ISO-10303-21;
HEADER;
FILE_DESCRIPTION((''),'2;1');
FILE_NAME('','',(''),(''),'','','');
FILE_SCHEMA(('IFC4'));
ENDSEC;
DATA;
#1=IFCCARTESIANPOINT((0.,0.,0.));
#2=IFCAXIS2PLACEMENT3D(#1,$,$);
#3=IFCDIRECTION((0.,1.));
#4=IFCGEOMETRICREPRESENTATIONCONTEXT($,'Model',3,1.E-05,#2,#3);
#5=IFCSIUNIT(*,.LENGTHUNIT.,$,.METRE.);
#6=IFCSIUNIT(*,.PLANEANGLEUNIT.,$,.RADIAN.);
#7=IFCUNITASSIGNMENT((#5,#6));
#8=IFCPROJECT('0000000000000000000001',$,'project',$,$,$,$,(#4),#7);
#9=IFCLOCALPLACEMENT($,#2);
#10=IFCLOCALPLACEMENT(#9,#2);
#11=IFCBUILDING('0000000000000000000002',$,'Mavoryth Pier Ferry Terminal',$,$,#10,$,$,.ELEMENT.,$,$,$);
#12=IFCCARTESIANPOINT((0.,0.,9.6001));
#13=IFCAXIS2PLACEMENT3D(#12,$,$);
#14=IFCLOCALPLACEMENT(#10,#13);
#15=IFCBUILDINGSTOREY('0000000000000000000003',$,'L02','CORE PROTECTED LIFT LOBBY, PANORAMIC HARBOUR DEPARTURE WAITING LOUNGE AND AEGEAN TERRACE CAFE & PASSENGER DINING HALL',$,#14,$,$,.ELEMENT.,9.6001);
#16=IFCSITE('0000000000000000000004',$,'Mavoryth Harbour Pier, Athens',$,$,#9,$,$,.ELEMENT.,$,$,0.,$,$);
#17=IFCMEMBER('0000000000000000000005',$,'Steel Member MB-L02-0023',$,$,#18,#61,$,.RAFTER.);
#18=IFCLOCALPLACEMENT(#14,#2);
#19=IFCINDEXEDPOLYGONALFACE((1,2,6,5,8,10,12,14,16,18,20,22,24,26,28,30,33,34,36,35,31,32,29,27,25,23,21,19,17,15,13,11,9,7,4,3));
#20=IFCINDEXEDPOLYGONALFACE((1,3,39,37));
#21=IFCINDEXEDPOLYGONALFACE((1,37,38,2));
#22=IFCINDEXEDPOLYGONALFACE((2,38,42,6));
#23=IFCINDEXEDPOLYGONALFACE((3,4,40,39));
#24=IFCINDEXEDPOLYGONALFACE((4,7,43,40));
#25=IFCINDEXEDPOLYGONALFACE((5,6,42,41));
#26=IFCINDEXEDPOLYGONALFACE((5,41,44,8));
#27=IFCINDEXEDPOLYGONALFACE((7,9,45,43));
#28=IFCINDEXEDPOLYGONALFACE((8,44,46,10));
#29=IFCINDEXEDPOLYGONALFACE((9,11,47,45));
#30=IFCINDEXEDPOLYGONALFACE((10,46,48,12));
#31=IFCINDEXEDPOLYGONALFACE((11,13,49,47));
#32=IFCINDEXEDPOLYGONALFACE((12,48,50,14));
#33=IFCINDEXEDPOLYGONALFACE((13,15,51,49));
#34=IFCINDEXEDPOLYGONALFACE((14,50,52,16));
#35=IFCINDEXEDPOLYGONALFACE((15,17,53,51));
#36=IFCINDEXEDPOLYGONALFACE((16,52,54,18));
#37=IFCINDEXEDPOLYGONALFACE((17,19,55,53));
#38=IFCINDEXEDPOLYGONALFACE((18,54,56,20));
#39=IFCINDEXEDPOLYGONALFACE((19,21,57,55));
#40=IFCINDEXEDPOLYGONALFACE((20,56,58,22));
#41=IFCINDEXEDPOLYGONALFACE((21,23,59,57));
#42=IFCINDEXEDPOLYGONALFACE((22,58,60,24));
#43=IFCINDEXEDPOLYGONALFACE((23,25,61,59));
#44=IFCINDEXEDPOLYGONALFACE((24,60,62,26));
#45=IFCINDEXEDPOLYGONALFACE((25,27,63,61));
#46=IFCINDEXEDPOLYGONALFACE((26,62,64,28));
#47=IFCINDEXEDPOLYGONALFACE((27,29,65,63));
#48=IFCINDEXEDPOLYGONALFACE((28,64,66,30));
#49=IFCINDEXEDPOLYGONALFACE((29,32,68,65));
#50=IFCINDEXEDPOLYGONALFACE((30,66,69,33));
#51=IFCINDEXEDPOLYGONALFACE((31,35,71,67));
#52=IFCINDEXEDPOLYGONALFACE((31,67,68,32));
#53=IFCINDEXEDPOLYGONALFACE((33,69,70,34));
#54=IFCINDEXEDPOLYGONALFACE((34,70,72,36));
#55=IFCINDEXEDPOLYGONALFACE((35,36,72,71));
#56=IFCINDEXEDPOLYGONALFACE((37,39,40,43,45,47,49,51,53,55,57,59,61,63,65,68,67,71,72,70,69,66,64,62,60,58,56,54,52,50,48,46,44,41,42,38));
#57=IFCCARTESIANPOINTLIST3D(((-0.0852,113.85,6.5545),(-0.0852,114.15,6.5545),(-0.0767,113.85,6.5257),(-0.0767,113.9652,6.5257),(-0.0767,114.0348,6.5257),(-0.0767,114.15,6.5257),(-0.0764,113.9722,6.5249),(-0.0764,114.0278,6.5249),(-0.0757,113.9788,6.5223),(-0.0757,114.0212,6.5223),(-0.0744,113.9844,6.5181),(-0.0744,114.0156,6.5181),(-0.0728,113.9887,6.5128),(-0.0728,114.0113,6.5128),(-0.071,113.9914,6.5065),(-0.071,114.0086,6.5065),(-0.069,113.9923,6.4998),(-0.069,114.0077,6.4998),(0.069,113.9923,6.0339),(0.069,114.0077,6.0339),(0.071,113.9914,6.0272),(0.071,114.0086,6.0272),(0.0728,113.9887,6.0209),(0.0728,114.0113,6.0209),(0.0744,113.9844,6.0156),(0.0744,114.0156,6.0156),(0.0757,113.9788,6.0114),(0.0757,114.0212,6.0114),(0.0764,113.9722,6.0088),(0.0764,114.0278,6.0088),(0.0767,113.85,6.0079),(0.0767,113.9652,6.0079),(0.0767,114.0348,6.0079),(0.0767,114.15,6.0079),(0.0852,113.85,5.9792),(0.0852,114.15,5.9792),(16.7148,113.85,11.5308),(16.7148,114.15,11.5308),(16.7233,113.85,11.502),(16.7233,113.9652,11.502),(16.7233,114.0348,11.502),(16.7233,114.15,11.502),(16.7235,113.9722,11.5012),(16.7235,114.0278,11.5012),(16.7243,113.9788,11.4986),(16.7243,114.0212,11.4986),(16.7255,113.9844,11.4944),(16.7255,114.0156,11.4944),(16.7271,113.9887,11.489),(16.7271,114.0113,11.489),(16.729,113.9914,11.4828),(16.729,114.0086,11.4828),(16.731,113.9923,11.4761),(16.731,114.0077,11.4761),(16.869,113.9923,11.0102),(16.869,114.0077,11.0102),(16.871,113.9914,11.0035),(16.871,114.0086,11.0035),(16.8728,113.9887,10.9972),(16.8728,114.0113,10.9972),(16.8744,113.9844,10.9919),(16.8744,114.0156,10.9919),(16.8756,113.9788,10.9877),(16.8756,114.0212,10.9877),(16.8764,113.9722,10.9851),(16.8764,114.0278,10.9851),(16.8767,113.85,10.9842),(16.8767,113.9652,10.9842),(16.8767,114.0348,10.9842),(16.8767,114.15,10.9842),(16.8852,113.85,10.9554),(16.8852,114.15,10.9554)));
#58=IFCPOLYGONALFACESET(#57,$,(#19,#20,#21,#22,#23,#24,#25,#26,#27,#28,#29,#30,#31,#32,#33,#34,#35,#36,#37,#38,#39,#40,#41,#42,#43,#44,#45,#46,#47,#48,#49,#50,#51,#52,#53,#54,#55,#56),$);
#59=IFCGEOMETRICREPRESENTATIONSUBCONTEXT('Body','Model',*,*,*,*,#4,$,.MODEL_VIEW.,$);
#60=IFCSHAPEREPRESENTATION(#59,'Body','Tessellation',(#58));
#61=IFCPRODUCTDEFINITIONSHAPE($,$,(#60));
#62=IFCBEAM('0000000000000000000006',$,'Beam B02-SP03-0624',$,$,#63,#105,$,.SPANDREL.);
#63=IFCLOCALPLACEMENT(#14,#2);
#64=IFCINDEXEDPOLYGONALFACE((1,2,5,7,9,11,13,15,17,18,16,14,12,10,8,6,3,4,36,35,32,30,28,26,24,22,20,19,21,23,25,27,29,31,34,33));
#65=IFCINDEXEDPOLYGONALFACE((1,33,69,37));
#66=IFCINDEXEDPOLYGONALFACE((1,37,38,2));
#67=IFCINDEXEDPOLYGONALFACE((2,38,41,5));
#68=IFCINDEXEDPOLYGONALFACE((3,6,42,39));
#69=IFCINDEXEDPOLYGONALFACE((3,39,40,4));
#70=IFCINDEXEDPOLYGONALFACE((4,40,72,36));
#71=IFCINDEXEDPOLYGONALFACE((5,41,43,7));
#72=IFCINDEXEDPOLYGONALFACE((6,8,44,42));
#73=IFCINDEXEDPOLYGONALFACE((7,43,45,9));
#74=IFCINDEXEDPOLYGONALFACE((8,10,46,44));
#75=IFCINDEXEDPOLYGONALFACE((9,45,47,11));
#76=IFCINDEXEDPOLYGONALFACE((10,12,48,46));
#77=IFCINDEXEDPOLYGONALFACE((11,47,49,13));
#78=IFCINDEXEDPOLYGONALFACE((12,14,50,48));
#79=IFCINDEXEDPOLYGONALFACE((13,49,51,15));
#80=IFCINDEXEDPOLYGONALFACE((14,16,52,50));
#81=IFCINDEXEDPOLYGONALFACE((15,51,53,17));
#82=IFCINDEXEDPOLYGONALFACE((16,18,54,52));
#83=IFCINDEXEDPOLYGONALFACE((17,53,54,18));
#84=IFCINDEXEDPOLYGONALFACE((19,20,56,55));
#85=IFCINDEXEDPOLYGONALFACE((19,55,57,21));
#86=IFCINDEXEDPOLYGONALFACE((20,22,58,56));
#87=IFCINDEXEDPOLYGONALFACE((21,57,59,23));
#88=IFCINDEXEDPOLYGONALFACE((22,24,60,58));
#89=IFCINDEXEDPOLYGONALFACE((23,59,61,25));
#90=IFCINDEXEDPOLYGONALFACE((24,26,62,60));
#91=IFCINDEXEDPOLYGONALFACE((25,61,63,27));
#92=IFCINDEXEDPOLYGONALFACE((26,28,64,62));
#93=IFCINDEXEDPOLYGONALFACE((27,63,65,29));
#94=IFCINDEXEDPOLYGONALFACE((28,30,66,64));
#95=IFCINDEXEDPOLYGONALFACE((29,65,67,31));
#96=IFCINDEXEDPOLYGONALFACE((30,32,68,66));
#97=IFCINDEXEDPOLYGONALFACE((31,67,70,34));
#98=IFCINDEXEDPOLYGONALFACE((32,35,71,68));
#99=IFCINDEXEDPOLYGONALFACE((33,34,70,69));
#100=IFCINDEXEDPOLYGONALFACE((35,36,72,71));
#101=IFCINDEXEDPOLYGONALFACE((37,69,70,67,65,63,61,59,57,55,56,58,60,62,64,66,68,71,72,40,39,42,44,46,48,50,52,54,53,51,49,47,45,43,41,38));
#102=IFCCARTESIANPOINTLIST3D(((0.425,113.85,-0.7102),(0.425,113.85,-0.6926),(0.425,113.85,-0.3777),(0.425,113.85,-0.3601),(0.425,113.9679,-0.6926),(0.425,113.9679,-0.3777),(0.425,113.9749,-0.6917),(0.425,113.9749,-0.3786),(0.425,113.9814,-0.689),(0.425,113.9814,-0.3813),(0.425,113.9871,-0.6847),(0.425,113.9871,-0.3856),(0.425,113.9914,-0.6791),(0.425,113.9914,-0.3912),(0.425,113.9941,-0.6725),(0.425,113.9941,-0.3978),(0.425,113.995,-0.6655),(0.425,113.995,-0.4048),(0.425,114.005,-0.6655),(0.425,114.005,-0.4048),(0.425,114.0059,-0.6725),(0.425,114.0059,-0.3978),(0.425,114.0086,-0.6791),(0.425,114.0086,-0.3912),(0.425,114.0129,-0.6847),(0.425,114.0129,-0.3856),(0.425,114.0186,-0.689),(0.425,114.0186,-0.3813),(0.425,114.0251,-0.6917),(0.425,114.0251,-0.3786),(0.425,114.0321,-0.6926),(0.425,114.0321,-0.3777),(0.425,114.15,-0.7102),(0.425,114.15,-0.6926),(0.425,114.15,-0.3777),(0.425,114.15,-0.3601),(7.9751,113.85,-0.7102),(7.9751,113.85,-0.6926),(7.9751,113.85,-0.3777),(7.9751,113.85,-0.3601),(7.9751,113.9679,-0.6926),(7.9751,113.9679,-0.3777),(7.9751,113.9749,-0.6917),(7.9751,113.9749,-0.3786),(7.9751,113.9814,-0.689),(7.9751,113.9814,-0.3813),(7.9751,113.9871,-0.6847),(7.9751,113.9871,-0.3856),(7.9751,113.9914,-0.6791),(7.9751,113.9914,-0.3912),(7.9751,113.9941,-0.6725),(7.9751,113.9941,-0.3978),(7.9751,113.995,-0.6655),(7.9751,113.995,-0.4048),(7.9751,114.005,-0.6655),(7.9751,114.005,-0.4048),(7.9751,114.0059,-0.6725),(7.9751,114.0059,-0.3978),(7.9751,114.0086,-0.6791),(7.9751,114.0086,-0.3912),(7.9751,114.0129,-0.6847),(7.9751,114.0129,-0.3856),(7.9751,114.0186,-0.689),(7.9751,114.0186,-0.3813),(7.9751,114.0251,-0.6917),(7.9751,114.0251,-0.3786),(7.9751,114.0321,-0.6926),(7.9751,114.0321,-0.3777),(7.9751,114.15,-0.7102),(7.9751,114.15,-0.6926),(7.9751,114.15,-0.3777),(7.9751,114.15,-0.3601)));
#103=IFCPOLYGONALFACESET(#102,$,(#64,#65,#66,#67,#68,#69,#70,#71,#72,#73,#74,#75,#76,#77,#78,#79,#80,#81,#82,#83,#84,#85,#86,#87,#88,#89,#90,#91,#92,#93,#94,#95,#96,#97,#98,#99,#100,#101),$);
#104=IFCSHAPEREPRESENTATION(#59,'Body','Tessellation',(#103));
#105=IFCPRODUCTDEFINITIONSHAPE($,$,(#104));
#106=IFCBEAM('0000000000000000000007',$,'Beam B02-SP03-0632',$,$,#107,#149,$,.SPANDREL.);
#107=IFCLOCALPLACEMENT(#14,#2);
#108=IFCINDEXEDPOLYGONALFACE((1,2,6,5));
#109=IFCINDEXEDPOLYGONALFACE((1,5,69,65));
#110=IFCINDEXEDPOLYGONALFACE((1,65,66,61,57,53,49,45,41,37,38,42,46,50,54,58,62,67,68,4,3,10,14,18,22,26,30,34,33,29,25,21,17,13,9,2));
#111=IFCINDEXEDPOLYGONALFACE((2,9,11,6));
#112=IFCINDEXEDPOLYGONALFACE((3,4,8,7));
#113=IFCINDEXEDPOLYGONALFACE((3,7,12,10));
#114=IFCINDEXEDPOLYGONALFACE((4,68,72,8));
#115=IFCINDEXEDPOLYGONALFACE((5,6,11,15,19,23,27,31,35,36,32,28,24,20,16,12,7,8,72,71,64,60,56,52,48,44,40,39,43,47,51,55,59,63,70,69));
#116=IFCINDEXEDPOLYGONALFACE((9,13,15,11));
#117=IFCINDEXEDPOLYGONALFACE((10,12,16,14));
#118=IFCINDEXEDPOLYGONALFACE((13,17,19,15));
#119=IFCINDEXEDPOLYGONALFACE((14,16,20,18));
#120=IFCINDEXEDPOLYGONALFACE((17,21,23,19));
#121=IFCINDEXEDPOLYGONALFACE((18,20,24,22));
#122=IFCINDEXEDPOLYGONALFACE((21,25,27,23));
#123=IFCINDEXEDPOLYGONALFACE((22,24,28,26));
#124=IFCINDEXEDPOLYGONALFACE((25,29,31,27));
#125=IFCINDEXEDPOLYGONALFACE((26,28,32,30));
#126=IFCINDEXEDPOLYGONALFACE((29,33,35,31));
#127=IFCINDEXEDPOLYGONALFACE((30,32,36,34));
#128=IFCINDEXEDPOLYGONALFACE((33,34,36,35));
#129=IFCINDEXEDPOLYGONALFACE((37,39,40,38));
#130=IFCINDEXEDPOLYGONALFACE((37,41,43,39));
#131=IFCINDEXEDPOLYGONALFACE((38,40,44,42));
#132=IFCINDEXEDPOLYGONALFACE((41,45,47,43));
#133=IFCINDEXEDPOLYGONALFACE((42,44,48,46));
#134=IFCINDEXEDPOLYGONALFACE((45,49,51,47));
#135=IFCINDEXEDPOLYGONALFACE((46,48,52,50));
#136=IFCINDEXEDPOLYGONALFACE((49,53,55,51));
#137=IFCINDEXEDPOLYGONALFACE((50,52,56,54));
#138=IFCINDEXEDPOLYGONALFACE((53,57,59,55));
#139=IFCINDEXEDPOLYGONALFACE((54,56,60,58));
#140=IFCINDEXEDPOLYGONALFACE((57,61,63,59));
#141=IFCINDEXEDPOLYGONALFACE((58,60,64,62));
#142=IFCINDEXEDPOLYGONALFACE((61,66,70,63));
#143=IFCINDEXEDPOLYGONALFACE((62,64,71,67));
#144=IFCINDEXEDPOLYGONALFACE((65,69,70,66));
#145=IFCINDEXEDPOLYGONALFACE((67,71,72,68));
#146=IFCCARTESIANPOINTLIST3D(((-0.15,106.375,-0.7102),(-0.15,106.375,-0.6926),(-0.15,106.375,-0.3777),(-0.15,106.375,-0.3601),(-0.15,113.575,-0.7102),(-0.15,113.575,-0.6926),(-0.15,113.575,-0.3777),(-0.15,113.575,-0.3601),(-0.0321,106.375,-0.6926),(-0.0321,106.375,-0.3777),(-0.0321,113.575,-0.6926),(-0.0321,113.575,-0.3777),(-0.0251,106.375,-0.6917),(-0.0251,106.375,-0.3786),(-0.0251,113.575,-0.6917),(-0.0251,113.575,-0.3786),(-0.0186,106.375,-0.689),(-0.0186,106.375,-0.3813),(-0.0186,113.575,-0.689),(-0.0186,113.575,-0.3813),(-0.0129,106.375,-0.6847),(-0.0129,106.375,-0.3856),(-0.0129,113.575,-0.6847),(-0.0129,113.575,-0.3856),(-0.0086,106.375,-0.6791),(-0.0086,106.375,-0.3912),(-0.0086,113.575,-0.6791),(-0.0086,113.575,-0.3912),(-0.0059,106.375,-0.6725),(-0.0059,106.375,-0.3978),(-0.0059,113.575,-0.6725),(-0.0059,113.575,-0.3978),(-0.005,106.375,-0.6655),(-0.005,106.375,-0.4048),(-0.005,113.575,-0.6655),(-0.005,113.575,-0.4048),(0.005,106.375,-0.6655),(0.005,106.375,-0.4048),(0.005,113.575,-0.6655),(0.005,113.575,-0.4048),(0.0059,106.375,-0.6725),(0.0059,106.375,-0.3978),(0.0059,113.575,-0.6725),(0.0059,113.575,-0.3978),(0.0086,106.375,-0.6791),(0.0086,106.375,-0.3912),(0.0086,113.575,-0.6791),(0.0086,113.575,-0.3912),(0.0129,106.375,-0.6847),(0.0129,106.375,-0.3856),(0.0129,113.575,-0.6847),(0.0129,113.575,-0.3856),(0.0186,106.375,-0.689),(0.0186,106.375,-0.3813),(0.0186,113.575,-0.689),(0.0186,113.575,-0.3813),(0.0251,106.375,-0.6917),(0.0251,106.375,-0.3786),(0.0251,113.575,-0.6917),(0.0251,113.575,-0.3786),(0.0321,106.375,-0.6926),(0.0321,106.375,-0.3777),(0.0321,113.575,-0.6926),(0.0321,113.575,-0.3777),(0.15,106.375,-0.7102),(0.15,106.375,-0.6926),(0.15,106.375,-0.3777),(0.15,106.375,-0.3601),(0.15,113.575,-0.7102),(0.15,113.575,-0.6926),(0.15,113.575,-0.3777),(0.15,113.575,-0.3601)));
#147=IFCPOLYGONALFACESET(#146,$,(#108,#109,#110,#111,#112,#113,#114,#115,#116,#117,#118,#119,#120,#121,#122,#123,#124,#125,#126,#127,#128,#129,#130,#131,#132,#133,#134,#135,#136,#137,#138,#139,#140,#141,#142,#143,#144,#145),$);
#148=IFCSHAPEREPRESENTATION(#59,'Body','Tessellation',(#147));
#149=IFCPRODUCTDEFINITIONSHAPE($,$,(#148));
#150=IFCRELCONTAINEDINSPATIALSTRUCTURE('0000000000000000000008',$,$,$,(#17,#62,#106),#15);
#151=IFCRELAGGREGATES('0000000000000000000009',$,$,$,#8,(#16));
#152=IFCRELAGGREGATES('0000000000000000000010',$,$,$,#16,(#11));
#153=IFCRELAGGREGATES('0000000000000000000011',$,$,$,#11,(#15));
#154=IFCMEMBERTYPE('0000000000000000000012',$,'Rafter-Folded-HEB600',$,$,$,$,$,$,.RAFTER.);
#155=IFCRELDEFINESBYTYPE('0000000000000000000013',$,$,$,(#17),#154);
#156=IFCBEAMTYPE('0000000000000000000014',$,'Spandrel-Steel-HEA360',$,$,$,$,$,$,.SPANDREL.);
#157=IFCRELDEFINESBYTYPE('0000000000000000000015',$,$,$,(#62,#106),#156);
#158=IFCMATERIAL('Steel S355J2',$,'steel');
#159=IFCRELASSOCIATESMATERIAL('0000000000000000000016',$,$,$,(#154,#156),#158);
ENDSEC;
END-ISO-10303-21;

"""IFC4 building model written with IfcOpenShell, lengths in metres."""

from ifc_helpers import new_model, si_unit, direction, frame, origin, origin_2d, place, context, subcontext, project, spatial, i_section, extrude, material, material_profile, profile_set, type_object, element, save


model = new_model("IFC4")

# Units and contexts
model_context = context("Model", 3, precision=1e-05, world=origin(), true_north=direction((0.0, 1.0)))
body_context = subcontext(model_context, "Body", "Model", "MODEL_VIEW")
ifc_project = project(units=[si_unit("LENGTHUNIT", "METRE"), si_unit("PLANEANGLEUNIT", "RADIAN")], contexts=[model_context])

# Site, building, storey
site_placement = place(None, origin())
site = spatial("IfcSite", under=ifc_project, at=site_placement, Name="Mavoryth Harbour Pier, Athens", CompositionType="ELEMENT", RefElevation=0.0)
building_placement = place(site_placement, origin())
building = spatial("IfcBuilding", under=site, at=building_placement, Name="Mavoryth Pier Ferry Terminal", CompositionType="ELEMENT")
storey_placement = place(building_placement, frame((0.0, 0.0, 9.6001)))
storey = spatial("IfcBuildingStorey", under=building, at=storey_placement, Name="L02", Description="CORE PROTECTED LIFT LOBBY, PANORAMIC HARBOUR DEPARTURE WAITING LOUNGE AND AEGEAN TERRACE CAFE & PASSENGER DINING HALL", CompositionType="ELEMENT", Elevation=9.6001)

# Shared definitions
ifc_material_1 = material(Name="Steel S355J2", Category="steel")

# Member
ifc_material_profile_1 = material_profile(ifc_material_1, i_section(OverallWidth=0.3, OverallDepth=0.6001, WebThickness=0.0154, FlangeThickness=0.03, FilletRadius=0.0271, at=origin_2d()), Name="HEB 600", Category="steel")
ifc_profile_set_1 = profile_set([ifc_material_profile_1], Name="Steel S355J2 - HEB 600")
member_type_1 = type_object("IfcMemberType", Name="Rafter-Folded-HEB600", PredefinedType="RAFTER", material=ifc_profile_set_1)
member_1_placement = place(storey_placement, frame((0.0, 114.0, 6.2668), z_axis=(0.958821, 0.0, 0.284011), x_axis=(0.0, 1.0, 0.0)))
element("IfcMember", 1, at=member_1_placement, inside=storey, type_object=member_type_1, Name="Steel Member MB-L02-0023", PredefinedType="RAFTER", context=body_context, shape_type="SweptSolid", body=[
    extrude(i_section(OverallWidth=0.3, OverallDepth=0.6001, WebThickness=0.0154, FlangeThickness=0.03, FilletRadius=0.0271, at=origin_2d()), origin(), (0.0, 0.0, 1.0), 17.5215),
])

# Beams
ifc_material_profile_2 = material_profile(ifc_material_1, i_section(OverallWidth=0.3, OverallDepth=0.3501, WebThickness=0.01, FlangeThickness=0.0176, FilletRadius=0.0271, at=origin_2d()), Name="HEA 360", Category="steel")
ifc_profile_set_2 = profile_set([ifc_material_profile_2], Name="Steel S355J2 - HEA 360")
beam_type_1 = type_object("IfcBeamType", Name="Spandrel-Steel-HEA360", PredefinedType="SPANDREL", material=ifc_profile_set_2)
beam_1_placement = place(storey_placement, frame((0.425, 114.0, -0.5352), z_axis=(1.0, 0.0, 0.0), x_axis=(0.0, 1.0, 0.0)))
element("IfcBeam", 2, at=beam_1_placement, inside=storey, type_object=beam_type_1, Name="Beam B02-SP03-0624", PredefinedType="SPANDREL", context=body_context, shape_type="SweptSolid", body=[
    extrude(i_section(OverallWidth=0.3, OverallDepth=0.3501, WebThickness=0.01, FlangeThickness=0.0176, FilletRadius=0.0271, at=origin_2d()), origin(), (0.0, 0.0, 1.0), 7.55),
])
beam_2_placement = place(storey_placement, frame((0.0, 106.375, -0.5352), z_axis=(0.0, 1.0, 0.0), x_axis=(-1.0, 0.0, 0.0)))
element("IfcBeam", 3, at=beam_2_placement, inside=storey, type_object=beam_type_1, Name="Beam B02-SP03-0632", PredefinedType="SPANDREL", context=body_context, shape_type="SweptSolid", body=[
    extrude(i_section(OverallWidth=0.3, OverallDepth=0.3501, WebThickness=0.01, FlangeThickness=0.0176, FilletRadius=0.0271, at=origin_2d()), origin(), (0.0, 0.0, 1.0), 7.2),
])

save(model, "model.ifc")
